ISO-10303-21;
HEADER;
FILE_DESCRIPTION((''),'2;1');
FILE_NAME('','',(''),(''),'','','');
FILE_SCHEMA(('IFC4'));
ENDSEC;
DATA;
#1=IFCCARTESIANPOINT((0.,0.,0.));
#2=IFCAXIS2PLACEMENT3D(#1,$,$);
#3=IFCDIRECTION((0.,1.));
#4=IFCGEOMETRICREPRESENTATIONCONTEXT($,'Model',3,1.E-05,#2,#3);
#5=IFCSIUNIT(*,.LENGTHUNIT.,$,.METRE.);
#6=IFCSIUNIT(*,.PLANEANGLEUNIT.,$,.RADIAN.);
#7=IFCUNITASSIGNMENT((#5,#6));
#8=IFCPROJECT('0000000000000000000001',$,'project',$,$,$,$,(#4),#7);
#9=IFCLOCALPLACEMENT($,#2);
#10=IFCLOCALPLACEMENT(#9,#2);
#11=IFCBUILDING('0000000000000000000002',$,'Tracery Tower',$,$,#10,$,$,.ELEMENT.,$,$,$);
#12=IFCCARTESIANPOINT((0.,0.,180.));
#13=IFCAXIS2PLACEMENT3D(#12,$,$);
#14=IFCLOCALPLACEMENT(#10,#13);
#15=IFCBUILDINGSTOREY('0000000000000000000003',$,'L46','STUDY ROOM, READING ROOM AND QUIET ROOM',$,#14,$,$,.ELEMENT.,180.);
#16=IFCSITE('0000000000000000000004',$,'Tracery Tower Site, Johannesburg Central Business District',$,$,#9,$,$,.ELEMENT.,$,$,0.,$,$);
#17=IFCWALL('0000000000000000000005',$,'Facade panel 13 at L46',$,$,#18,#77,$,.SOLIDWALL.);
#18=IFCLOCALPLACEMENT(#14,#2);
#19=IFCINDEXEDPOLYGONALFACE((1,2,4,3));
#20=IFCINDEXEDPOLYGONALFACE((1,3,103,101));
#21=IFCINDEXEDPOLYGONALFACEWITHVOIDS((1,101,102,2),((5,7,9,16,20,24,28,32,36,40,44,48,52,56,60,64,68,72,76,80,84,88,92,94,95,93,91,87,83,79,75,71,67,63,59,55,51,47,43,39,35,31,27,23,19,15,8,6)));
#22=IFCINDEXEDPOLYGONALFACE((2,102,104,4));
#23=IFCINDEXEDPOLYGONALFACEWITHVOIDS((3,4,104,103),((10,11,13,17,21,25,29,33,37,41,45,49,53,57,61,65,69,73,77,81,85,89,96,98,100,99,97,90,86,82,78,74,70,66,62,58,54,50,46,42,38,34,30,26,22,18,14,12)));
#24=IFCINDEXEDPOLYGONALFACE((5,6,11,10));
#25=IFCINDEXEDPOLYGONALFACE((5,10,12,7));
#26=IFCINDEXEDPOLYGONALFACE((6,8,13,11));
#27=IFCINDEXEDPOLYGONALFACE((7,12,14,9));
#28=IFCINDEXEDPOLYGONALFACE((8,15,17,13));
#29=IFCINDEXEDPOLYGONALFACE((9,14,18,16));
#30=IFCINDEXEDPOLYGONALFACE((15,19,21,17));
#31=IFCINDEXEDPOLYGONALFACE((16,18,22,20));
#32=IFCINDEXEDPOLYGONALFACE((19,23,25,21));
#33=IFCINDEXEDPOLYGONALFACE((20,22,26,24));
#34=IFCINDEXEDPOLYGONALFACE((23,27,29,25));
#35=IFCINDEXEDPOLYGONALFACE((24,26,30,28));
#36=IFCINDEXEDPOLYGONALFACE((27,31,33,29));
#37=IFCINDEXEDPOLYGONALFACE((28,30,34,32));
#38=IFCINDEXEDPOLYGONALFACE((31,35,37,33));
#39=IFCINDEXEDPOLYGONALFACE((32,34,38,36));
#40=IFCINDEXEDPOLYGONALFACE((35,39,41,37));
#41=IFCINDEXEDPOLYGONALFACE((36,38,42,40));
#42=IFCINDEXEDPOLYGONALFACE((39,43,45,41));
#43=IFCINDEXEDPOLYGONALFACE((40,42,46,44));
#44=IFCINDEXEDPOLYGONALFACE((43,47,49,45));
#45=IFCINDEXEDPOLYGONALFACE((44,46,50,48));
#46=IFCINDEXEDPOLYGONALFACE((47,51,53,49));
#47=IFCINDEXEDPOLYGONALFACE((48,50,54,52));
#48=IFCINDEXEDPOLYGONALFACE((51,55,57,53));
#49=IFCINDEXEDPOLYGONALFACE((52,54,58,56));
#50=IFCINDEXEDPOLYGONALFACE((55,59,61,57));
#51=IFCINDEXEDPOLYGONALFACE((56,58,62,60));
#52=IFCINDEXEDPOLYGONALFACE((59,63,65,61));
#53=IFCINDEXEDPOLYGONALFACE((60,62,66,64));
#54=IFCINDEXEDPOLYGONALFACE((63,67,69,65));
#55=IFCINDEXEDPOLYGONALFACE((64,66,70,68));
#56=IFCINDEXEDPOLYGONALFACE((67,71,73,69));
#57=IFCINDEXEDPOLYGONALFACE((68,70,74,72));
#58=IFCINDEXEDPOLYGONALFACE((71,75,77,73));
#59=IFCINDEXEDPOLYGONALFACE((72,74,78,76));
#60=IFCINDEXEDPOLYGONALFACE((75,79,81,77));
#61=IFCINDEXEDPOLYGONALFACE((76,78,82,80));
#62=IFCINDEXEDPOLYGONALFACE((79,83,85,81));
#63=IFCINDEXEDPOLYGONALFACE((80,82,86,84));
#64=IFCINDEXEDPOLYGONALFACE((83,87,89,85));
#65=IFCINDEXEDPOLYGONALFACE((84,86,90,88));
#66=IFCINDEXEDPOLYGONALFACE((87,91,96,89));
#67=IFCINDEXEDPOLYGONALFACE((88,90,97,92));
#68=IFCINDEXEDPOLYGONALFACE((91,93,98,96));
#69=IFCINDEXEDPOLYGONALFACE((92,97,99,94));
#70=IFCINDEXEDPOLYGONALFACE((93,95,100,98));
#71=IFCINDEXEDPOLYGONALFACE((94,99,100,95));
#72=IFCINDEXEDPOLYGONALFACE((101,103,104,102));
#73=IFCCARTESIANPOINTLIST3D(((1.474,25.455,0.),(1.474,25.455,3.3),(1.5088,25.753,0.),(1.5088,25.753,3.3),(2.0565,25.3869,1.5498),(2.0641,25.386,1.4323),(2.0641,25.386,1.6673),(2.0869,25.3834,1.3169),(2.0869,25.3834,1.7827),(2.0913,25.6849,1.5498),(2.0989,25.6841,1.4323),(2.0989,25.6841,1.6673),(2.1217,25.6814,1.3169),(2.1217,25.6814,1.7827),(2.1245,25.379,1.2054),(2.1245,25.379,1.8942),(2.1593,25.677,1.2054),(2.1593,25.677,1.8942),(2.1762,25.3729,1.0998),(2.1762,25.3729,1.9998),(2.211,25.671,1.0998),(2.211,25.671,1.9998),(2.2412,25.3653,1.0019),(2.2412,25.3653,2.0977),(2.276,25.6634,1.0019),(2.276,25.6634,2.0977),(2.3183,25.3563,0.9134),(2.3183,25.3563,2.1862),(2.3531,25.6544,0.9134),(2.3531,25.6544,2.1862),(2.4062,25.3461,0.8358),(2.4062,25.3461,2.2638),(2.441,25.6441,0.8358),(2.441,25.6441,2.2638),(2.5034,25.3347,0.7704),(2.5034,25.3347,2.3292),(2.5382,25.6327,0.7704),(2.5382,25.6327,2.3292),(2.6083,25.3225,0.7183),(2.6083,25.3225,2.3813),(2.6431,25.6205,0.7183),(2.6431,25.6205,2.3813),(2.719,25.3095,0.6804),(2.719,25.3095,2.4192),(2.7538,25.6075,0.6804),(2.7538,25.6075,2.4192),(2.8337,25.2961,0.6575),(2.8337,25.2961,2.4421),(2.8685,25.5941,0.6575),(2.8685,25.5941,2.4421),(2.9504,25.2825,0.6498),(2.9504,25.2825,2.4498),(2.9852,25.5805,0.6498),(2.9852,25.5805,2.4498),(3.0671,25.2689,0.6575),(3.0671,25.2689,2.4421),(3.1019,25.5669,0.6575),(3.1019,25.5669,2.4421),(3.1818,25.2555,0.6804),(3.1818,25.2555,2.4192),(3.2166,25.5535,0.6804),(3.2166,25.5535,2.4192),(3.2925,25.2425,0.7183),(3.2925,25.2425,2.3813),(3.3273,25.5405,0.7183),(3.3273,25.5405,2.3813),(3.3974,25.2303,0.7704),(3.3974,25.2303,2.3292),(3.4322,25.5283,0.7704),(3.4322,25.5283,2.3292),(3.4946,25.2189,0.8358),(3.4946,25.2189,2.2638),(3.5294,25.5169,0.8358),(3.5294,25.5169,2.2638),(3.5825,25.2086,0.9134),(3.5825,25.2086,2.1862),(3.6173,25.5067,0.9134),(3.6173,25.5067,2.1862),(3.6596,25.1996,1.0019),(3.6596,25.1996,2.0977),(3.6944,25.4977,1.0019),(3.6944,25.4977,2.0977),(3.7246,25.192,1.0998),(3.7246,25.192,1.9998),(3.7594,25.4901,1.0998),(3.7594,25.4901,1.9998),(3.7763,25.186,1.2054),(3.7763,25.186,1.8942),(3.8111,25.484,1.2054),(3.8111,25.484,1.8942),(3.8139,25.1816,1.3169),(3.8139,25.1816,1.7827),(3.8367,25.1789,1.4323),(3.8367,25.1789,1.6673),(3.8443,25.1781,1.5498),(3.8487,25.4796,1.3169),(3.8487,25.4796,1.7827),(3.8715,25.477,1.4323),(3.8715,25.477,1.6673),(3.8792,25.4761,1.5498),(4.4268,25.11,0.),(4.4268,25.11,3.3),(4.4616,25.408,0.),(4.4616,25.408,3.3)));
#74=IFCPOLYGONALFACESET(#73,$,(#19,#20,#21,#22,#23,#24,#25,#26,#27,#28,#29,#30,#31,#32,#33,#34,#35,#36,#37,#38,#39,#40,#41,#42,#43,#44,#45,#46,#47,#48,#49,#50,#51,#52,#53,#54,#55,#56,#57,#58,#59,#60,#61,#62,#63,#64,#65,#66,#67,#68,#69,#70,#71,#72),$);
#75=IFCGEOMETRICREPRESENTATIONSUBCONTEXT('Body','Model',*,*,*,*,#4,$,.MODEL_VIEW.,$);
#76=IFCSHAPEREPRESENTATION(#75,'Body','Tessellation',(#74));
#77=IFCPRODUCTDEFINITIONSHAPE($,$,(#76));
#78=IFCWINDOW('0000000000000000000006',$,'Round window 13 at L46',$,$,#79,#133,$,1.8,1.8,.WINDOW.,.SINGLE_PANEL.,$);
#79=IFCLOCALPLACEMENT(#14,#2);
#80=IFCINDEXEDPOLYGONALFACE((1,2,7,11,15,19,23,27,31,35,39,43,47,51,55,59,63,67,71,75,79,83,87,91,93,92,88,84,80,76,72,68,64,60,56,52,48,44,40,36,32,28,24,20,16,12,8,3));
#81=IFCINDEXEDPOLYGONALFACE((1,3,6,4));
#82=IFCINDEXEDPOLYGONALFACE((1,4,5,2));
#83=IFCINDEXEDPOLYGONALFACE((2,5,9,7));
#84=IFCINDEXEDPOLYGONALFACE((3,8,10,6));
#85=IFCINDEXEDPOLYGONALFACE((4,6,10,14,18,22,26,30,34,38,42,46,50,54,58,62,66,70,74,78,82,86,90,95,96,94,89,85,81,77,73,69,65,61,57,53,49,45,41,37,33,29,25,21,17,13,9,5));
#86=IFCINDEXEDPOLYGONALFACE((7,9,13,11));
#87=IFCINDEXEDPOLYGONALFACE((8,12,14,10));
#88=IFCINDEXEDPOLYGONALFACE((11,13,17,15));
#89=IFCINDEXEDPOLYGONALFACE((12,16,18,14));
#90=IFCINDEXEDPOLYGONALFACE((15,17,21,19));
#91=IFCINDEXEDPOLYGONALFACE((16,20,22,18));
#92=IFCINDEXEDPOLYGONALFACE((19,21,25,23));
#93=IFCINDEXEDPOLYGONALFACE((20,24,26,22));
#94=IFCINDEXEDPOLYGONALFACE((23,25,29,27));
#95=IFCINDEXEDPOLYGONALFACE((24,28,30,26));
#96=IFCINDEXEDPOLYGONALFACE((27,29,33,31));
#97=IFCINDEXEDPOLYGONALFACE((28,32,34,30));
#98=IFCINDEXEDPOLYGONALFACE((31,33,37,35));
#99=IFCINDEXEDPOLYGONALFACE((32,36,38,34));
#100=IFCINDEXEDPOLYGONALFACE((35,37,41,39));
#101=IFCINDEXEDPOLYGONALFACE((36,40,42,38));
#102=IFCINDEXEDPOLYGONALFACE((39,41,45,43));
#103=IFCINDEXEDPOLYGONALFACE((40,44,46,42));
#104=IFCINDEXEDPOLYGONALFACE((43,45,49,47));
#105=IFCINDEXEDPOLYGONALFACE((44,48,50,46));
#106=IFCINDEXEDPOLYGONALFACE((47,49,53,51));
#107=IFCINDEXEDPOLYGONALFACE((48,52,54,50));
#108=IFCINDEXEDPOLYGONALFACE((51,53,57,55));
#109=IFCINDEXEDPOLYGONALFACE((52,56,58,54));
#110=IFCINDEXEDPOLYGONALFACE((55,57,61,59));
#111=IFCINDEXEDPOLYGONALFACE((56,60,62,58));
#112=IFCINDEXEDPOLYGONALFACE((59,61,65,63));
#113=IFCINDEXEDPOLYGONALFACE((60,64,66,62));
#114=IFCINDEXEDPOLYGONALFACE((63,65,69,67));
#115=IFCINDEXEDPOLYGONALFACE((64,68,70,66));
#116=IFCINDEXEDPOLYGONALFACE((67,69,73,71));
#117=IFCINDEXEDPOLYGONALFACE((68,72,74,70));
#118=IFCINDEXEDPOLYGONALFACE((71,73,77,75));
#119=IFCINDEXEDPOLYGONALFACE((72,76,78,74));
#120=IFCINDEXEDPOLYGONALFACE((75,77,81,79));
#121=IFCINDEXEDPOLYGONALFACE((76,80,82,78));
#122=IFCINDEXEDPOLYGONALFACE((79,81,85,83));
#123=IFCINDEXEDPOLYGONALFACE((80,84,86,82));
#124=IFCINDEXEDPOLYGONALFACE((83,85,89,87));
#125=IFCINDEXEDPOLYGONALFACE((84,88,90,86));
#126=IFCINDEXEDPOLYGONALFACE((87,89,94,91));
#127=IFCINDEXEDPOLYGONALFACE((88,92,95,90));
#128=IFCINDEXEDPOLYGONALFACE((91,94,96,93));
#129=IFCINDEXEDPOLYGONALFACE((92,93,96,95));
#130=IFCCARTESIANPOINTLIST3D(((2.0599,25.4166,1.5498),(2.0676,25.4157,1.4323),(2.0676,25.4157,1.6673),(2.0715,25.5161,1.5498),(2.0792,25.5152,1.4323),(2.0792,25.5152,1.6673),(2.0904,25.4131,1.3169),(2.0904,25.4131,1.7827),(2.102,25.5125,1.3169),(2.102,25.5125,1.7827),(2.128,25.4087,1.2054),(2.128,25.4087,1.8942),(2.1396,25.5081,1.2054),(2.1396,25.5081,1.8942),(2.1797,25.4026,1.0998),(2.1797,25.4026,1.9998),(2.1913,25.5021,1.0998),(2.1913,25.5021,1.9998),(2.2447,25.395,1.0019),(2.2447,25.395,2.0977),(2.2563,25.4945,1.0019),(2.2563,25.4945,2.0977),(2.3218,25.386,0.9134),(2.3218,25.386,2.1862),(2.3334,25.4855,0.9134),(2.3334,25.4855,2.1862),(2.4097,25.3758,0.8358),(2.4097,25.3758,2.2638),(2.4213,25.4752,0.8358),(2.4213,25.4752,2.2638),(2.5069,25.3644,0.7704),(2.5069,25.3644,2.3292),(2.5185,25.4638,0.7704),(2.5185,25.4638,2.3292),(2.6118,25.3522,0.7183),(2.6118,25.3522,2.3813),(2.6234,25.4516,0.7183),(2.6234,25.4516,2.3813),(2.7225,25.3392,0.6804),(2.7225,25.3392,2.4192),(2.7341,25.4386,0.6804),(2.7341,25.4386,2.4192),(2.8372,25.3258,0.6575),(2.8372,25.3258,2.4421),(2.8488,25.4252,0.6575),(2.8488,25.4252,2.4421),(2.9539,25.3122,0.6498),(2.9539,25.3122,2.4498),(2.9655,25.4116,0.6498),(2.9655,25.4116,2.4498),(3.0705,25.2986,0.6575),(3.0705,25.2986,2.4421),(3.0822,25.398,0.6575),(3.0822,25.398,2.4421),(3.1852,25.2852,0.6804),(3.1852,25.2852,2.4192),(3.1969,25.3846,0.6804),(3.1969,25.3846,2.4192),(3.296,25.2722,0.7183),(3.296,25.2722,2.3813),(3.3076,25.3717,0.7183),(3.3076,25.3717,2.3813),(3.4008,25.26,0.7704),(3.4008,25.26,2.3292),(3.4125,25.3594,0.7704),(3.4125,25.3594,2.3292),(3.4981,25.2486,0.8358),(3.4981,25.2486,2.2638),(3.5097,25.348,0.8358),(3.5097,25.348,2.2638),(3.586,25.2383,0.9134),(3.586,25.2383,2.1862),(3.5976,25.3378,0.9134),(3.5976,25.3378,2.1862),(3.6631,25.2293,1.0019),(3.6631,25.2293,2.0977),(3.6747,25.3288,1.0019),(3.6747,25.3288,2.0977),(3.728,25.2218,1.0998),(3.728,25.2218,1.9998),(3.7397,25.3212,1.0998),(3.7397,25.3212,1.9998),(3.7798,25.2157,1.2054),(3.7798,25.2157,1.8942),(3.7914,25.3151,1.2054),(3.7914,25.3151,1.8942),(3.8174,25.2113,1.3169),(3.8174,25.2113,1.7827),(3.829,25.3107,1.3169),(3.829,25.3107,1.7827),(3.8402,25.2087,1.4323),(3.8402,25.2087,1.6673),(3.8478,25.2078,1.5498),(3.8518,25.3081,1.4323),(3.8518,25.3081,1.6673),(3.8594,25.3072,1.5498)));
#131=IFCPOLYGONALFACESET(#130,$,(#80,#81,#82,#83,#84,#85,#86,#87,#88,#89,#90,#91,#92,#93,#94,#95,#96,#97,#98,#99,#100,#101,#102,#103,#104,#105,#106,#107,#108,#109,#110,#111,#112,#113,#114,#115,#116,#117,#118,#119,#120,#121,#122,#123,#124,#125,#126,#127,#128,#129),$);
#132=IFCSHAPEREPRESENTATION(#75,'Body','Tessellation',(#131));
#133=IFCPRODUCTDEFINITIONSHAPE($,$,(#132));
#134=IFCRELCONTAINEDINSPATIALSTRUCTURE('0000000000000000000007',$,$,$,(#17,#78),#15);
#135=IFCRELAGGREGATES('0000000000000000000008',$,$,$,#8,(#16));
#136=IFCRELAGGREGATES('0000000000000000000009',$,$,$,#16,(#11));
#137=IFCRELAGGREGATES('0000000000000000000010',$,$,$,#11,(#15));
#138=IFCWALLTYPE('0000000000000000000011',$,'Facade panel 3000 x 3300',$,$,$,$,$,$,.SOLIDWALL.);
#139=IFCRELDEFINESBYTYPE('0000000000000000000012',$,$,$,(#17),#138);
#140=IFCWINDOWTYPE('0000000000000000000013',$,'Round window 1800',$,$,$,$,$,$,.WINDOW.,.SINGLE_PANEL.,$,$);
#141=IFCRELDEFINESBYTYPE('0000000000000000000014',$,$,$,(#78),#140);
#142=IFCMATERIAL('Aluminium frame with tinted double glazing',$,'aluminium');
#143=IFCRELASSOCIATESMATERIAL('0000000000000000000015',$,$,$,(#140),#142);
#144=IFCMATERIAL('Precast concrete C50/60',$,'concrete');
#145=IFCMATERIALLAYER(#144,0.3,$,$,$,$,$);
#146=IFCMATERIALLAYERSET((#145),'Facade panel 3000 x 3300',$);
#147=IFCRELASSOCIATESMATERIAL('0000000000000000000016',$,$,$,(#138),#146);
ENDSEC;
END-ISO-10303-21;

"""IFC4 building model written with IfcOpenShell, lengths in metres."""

from ifc_helpers import new_model, si_unit, direction, frame, frame_2d, origin, origin_2d, place, context, subcontext, project, spatial, rectangle, circle, extrude, material, layer, layer_set, type_object, element, fill, save


model = new_model("IFC4")

# Units and contexts
model_context = context("Model", 3, precision=1e-05, world=origin(), true_north=direction((0.0, 1.0)))
body_context = subcontext(model_context, "Body", "Model", "MODEL_VIEW")
ifc_project = project(units=[si_unit("LENGTHUNIT", "METRE"), si_unit("PLANEANGLEUNIT", "RADIAN")], contexts=[model_context])

# Site, building, storey
site_placement = place(None, origin())
site = spatial("IfcSite", under=ifc_project, at=site_placement, Name="Tracery Tower Site, Johannesburg Central Business District", CompositionType="ELEMENT", RefElevation=0.0)
building_placement = place(site_placement, origin())
building = spatial("IfcBuilding", under=site, at=building_placement, Name="Tracery Tower", CompositionType="ELEMENT")
storey_placement = place(building_placement, frame((0.0, 0.0, 180.0)))
storey = spatial("IfcBuildingStorey", under=building, at=storey_placement, Name="L46", Description="STUDY ROOM, READING ROOM AND QUIET ROOM", CompositionType="ELEMENT", Elevation=180.0)

# Wall, opening, window
ifc_material_1 = material(Name="Aluminium frame with tinted double glazing", Category="aluminium")
window_type = type_object("IfcWindowType", Name="Round window 1800", PartitioningType="SINGLE_PANEL", PredefinedType="WINDOW", material=ifc_material_1)
ifc_material_2 = material(Name="Precast concrete C50/60", Category="concrete")
ifc_layer_1 = layer(ifc_material_2, 0.3)
ifc_layer_set_1 = layer_set([ifc_layer_1], Name="Facade panel 3000 x 3300")
wall_type_1 = type_object("IfcWallType", Name="Facade panel 3000 x 3300", PredefinedType="SOLIDWALL", material=ifc_layer_set_1)
wall_1_placement = place(storey_placement, frame((4.4441, 25.259, 0.0), z_axis=(0.0, 0.0, 1.0), x_axis=(-0.993245, 0.116036, 0.0)))
wall_1 = element("IfcWall", 1, at=wall_1_placement, inside=storey, type_object=wall_type_1, Name="Facade panel 13 at L46", PredefinedType="SOLIDWALL", context=body_context, shape_type="SweptSolid", body=[
    extrude(rectangle(XDim=2.9729, YDim=0.3, at=frame_2d((1.4863, 0.0))), origin(), (0.0, 0.0, 1.0), 3.3),
])
opening_1_placement = place(wall_1_placement, frame((1.4863, 0.0, 1.5498)))
opening_1 = element("IfcOpeningElement", 2, at=opening_1_placement, cuts=wall_1, PredefinedType="OPENING", context=body_context, shape_type="SweptSolid", body=[
    extrude(circle(Radius=0.9, at=origin_2d()), frame((0.0, 0.1599, 0.0), z_axis=(0.0, -1.0, 0.0), x_axis=(1.0, 0.0, 0.0)), (0.0, 0.0, 1.0), 0.3201),
])
window_1_placement = place(opening_1_placement, origin())
window_1 = element("IfcWindow", 3, at=window_1_placement, inside=storey, type_object=window_type, Name="Round window 13 at L46", OverallHeight=1.8, OverallWidth=1.8, PartitioningType="SINGLE_PANEL", PredefinedType="WINDOW", context=body_context, shape_type="SweptSolid", body=[
    extrude(circle(Radius=0.9, at=origin_2d()), frame((0.0, 0.1201, 0.0), z_axis=(0.0, -1.0, 0.0), x_axis=(1.0, 0.0, 0.0)), (0.0, 0.0, 1.0), 0.1001),
])
fill(opening_1, window_1)

save(model, "model.ifc")
